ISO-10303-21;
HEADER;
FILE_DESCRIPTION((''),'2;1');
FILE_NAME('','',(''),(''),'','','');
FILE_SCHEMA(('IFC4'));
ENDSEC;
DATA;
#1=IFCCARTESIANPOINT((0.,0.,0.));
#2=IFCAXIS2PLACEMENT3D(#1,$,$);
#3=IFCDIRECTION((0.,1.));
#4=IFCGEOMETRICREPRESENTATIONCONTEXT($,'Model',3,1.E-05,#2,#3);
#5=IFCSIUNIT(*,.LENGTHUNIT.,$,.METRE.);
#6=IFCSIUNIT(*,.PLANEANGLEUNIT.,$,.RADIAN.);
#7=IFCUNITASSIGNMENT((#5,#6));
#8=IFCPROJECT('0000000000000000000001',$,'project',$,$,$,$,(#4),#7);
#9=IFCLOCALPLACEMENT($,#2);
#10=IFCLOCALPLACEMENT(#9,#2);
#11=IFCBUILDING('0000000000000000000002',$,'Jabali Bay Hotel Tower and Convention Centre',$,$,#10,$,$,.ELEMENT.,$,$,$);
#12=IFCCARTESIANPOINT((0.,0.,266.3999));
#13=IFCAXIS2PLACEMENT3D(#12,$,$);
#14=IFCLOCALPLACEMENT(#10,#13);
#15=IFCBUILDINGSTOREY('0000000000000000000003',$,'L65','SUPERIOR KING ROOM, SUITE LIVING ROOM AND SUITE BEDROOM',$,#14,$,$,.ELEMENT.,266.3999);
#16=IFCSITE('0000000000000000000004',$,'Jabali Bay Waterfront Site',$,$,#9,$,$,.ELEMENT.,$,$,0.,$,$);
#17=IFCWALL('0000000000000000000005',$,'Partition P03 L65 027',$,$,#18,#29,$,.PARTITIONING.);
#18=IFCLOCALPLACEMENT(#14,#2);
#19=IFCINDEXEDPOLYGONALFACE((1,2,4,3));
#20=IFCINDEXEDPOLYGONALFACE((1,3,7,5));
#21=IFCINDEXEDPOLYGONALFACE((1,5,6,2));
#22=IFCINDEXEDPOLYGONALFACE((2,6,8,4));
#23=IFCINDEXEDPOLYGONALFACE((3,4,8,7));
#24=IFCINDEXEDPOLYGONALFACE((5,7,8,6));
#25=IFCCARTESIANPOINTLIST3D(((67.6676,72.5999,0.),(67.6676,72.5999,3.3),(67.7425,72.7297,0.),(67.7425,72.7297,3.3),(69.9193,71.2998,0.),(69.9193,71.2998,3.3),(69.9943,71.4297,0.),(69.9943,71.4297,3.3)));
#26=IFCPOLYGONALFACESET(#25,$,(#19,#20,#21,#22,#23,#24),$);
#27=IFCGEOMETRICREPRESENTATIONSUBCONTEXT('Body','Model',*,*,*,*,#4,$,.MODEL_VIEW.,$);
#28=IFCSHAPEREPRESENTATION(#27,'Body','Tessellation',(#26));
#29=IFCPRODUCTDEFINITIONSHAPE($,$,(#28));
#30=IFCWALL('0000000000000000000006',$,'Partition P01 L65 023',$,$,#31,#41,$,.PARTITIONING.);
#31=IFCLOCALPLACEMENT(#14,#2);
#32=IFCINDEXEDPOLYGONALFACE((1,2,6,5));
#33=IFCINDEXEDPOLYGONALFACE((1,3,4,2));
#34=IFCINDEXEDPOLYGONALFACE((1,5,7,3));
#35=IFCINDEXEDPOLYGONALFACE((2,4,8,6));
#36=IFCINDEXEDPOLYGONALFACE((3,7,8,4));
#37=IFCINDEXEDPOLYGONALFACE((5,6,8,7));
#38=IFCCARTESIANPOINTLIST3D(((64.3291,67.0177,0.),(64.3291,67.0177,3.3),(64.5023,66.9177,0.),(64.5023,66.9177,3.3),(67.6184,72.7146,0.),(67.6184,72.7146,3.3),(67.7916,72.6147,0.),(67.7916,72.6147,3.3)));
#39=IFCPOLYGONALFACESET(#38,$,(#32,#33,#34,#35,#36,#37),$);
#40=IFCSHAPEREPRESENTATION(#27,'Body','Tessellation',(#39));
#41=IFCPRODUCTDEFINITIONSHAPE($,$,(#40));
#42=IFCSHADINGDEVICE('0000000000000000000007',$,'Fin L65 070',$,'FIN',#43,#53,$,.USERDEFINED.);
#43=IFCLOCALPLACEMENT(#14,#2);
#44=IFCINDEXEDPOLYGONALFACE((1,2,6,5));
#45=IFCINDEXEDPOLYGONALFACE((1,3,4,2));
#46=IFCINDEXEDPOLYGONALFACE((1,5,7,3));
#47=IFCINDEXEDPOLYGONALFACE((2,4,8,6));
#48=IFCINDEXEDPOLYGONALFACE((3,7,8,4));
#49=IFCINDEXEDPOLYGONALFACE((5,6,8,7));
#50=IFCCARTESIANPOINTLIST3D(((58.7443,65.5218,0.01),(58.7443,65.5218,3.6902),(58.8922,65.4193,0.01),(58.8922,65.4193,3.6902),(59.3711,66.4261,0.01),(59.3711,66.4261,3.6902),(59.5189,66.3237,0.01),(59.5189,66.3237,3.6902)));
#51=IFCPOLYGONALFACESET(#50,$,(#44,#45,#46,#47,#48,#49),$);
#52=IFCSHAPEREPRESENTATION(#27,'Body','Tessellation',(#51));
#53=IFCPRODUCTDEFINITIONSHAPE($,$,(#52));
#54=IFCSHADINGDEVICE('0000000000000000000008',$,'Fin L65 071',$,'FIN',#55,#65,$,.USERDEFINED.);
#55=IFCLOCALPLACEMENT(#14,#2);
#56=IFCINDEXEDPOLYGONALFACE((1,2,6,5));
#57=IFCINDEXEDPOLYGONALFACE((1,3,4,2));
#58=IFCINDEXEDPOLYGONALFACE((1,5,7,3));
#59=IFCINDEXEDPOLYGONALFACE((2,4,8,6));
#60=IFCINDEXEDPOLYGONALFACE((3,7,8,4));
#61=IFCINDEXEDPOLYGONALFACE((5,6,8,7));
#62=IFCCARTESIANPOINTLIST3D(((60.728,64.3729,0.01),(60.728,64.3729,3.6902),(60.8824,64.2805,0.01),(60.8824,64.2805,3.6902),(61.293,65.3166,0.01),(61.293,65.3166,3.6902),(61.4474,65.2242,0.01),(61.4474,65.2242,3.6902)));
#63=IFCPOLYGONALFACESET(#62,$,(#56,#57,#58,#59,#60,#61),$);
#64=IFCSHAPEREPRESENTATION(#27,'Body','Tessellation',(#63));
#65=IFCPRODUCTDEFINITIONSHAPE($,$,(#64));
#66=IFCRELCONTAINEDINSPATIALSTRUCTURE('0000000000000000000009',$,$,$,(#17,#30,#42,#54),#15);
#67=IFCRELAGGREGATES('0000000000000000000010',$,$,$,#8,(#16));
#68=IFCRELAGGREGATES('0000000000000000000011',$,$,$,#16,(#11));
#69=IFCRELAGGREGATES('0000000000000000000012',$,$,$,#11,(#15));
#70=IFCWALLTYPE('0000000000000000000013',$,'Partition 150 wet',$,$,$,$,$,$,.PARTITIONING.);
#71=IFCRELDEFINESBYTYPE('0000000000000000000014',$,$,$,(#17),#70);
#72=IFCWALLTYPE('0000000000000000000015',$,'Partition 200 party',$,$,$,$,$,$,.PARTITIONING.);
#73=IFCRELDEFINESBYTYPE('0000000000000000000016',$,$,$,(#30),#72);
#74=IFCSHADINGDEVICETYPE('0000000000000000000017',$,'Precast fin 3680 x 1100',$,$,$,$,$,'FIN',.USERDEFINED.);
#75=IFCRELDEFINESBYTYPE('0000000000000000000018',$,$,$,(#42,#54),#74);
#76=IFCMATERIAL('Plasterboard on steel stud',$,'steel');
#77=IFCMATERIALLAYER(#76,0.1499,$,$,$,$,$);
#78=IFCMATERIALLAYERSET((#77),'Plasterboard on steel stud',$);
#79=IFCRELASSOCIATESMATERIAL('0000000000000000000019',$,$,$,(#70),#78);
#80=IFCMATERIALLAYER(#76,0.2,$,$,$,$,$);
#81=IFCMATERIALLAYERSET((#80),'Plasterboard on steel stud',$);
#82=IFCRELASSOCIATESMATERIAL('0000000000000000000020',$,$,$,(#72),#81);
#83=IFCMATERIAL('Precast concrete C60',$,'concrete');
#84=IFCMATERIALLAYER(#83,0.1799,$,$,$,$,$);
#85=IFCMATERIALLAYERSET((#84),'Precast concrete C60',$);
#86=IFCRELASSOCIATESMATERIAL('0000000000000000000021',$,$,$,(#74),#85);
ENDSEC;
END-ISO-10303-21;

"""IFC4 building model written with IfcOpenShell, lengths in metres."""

from ifc_helpers import new_model, si_unit, direction, frame, frame_2d, origin, place, context, subcontext, project, spatial, rectangle, extrude, material, layer, layer_set, type_object, element, save


model = new_model("IFC4")

# Units and contexts
model_context = context("Model", 3, precision=1e-05, world=origin(), true_north=direction((0.0, 1.0)))
body_context = subcontext(model_context, "Body", "Model", "MODEL_VIEW")
ifc_project = project(units=[si_unit("LENGTHUNIT", "METRE"), si_unit("PLANEANGLEUNIT", "RADIAN")], contexts=[model_context])

# Site, building, storey
site_placement = place(None, origin())
site = spatial("IfcSite", under=ifc_project, at=site_placement, Name="Jabali Bay Waterfront Site", CompositionType="ELEMENT", RefElevation=0.0)
building_placement = place(site_placement, origin())
building = spatial("IfcBuilding", under=site, at=building_placement, Name="Jabali Bay Hotel Tower and Convention Centre", CompositionType="ELEMENT")
storey_placement = place(building_placement, frame((0.0, 0.0, 266.3999)))
storey = spatial("IfcBuildingStorey", under=building, at=storey_placement, Name="L65", Description="SUPERIOR KING ROOM, SUITE LIVING ROOM AND SUITE BEDROOM", CompositionType="ELEMENT", Elevation=266.3999)

# Shared definitions
ifc_material_1 = material(Name="Plasterboard on steel stud", Category="steel")
ifc_layer_1 = layer(ifc_material_1, 0.1499)
ifc_layer_set_1 = layer_set([ifc_layer_1], Name="Plasterboard on steel stud")
wall_type_1 = type_object("IfcWallType", Name="Partition 150 wet", PredefinedType="PARTITIONING", material=ifc_layer_set_1)

# Walls
wall_1_placement = place(storey_placement, frame((69.9568, 71.3647, 0.0), z_axis=(0.0, 0.0, 1.0), x_axis=(-0.866021, 0.500007, 0.0)))
element("IfcWall", 1, at=wall_1_placement, inside=storey, type_object=wall_type_1, Name="Partition P03 L65 027", PredefinedType="PARTITIONING", context=body_context, shape_type="SweptSolid", body=[
    extrude(rectangle(XDim=2.6001, YDim=0.1499, at=frame_2d((1.3, 0.0))), origin(), (0.0, 0.0, 1.0), 3.3),
])
ifc_layer_2 = layer(ifc_material_1, 0.2)
ifc_layer_set_2 = layer_set([ifc_layer_2], Name="Plasterboard on steel stud")
wall_type_2 = type_object("IfcWallType", Name="Partition 200 party", PredefinedType="PARTITIONING", material=ifc_layer_set_2)
wall_2_placement = place(storey_placement, frame((64.4158, 66.9678, 0.0), z_axis=(0.0, 0.0, 1.0), x_axis=(0.500015, 0.866017, 0.0)))
element("IfcWall", 2, at=wall_2_placement, inside=storey, type_object=wall_type_2, Name="Partition P01 L65 023", PredefinedType="PARTITIONING", context=body_context, shape_type="SweptSolid", body=[
    extrude(rectangle(XDim=6.5784, YDim=0.2, at=frame_2d((3.2891, 0.0))), origin(), (0.0, 0.0, 1.0), 3.3),
])

# Shading devices
ifc_material_2 = material(Name="Precast concrete C60", Category="concrete")
ifc_layer_3 = layer(ifc_material_2, 0.1799)
ifc_layer_set_3 = layer_set([ifc_layer_3], Name="Precast concrete C60")
shading_device_type = type_object("IfcShadingDeviceType", Name="Precast fin 3680 x 1100", ElementType="FIN", PredefinedType="USERDEFINED", material=ifc_layer_set_3)
shading_device_1_placement = place(storey_placement, frame((59.4451, 66.375, 0.01), z_axis=(0.0, 0.0, 1.0), x_axis=(-0.569614, -0.821913, 0.0)))
element("IfcShadingDevice", 3, at=shading_device_1_placement, inside=storey, type_object=shading_device_type, Name="Fin L65 070", ObjectType="FIN", PredefinedType="USERDEFINED", context=body_context, shape_type="SweptSolid", body=[
    extrude(rectangle(XDim=1.1003, YDim=0.1799, at=frame_2d((0.5503, 0.0))), origin(), (0.0, 0.0, 1.0), 3.6802),
])
shading_device_2_placement = place(storey_placement, frame((61.3701, 65.2703, 0.01), z_axis=(0.0, 0.0, 1.0), x_axis=(-0.513679, -0.857982, 0.0)))
element("IfcShadingDevice", 4, at=shading_device_2_placement, inside=storey, type_object=shading_device_type, Name="Fin L65 071", ObjectType="FIN", PredefinedType="USERDEFINED", context=body_context, shape_type="SweptSolid", body=[
    extrude(rectangle(XDim=1.0999, YDim=0.1799, at=frame_2d((0.5498, 0.0))), origin(), (0.0, 0.0, 1.0), 3.6802),
])

save(model, "model.ifc")
